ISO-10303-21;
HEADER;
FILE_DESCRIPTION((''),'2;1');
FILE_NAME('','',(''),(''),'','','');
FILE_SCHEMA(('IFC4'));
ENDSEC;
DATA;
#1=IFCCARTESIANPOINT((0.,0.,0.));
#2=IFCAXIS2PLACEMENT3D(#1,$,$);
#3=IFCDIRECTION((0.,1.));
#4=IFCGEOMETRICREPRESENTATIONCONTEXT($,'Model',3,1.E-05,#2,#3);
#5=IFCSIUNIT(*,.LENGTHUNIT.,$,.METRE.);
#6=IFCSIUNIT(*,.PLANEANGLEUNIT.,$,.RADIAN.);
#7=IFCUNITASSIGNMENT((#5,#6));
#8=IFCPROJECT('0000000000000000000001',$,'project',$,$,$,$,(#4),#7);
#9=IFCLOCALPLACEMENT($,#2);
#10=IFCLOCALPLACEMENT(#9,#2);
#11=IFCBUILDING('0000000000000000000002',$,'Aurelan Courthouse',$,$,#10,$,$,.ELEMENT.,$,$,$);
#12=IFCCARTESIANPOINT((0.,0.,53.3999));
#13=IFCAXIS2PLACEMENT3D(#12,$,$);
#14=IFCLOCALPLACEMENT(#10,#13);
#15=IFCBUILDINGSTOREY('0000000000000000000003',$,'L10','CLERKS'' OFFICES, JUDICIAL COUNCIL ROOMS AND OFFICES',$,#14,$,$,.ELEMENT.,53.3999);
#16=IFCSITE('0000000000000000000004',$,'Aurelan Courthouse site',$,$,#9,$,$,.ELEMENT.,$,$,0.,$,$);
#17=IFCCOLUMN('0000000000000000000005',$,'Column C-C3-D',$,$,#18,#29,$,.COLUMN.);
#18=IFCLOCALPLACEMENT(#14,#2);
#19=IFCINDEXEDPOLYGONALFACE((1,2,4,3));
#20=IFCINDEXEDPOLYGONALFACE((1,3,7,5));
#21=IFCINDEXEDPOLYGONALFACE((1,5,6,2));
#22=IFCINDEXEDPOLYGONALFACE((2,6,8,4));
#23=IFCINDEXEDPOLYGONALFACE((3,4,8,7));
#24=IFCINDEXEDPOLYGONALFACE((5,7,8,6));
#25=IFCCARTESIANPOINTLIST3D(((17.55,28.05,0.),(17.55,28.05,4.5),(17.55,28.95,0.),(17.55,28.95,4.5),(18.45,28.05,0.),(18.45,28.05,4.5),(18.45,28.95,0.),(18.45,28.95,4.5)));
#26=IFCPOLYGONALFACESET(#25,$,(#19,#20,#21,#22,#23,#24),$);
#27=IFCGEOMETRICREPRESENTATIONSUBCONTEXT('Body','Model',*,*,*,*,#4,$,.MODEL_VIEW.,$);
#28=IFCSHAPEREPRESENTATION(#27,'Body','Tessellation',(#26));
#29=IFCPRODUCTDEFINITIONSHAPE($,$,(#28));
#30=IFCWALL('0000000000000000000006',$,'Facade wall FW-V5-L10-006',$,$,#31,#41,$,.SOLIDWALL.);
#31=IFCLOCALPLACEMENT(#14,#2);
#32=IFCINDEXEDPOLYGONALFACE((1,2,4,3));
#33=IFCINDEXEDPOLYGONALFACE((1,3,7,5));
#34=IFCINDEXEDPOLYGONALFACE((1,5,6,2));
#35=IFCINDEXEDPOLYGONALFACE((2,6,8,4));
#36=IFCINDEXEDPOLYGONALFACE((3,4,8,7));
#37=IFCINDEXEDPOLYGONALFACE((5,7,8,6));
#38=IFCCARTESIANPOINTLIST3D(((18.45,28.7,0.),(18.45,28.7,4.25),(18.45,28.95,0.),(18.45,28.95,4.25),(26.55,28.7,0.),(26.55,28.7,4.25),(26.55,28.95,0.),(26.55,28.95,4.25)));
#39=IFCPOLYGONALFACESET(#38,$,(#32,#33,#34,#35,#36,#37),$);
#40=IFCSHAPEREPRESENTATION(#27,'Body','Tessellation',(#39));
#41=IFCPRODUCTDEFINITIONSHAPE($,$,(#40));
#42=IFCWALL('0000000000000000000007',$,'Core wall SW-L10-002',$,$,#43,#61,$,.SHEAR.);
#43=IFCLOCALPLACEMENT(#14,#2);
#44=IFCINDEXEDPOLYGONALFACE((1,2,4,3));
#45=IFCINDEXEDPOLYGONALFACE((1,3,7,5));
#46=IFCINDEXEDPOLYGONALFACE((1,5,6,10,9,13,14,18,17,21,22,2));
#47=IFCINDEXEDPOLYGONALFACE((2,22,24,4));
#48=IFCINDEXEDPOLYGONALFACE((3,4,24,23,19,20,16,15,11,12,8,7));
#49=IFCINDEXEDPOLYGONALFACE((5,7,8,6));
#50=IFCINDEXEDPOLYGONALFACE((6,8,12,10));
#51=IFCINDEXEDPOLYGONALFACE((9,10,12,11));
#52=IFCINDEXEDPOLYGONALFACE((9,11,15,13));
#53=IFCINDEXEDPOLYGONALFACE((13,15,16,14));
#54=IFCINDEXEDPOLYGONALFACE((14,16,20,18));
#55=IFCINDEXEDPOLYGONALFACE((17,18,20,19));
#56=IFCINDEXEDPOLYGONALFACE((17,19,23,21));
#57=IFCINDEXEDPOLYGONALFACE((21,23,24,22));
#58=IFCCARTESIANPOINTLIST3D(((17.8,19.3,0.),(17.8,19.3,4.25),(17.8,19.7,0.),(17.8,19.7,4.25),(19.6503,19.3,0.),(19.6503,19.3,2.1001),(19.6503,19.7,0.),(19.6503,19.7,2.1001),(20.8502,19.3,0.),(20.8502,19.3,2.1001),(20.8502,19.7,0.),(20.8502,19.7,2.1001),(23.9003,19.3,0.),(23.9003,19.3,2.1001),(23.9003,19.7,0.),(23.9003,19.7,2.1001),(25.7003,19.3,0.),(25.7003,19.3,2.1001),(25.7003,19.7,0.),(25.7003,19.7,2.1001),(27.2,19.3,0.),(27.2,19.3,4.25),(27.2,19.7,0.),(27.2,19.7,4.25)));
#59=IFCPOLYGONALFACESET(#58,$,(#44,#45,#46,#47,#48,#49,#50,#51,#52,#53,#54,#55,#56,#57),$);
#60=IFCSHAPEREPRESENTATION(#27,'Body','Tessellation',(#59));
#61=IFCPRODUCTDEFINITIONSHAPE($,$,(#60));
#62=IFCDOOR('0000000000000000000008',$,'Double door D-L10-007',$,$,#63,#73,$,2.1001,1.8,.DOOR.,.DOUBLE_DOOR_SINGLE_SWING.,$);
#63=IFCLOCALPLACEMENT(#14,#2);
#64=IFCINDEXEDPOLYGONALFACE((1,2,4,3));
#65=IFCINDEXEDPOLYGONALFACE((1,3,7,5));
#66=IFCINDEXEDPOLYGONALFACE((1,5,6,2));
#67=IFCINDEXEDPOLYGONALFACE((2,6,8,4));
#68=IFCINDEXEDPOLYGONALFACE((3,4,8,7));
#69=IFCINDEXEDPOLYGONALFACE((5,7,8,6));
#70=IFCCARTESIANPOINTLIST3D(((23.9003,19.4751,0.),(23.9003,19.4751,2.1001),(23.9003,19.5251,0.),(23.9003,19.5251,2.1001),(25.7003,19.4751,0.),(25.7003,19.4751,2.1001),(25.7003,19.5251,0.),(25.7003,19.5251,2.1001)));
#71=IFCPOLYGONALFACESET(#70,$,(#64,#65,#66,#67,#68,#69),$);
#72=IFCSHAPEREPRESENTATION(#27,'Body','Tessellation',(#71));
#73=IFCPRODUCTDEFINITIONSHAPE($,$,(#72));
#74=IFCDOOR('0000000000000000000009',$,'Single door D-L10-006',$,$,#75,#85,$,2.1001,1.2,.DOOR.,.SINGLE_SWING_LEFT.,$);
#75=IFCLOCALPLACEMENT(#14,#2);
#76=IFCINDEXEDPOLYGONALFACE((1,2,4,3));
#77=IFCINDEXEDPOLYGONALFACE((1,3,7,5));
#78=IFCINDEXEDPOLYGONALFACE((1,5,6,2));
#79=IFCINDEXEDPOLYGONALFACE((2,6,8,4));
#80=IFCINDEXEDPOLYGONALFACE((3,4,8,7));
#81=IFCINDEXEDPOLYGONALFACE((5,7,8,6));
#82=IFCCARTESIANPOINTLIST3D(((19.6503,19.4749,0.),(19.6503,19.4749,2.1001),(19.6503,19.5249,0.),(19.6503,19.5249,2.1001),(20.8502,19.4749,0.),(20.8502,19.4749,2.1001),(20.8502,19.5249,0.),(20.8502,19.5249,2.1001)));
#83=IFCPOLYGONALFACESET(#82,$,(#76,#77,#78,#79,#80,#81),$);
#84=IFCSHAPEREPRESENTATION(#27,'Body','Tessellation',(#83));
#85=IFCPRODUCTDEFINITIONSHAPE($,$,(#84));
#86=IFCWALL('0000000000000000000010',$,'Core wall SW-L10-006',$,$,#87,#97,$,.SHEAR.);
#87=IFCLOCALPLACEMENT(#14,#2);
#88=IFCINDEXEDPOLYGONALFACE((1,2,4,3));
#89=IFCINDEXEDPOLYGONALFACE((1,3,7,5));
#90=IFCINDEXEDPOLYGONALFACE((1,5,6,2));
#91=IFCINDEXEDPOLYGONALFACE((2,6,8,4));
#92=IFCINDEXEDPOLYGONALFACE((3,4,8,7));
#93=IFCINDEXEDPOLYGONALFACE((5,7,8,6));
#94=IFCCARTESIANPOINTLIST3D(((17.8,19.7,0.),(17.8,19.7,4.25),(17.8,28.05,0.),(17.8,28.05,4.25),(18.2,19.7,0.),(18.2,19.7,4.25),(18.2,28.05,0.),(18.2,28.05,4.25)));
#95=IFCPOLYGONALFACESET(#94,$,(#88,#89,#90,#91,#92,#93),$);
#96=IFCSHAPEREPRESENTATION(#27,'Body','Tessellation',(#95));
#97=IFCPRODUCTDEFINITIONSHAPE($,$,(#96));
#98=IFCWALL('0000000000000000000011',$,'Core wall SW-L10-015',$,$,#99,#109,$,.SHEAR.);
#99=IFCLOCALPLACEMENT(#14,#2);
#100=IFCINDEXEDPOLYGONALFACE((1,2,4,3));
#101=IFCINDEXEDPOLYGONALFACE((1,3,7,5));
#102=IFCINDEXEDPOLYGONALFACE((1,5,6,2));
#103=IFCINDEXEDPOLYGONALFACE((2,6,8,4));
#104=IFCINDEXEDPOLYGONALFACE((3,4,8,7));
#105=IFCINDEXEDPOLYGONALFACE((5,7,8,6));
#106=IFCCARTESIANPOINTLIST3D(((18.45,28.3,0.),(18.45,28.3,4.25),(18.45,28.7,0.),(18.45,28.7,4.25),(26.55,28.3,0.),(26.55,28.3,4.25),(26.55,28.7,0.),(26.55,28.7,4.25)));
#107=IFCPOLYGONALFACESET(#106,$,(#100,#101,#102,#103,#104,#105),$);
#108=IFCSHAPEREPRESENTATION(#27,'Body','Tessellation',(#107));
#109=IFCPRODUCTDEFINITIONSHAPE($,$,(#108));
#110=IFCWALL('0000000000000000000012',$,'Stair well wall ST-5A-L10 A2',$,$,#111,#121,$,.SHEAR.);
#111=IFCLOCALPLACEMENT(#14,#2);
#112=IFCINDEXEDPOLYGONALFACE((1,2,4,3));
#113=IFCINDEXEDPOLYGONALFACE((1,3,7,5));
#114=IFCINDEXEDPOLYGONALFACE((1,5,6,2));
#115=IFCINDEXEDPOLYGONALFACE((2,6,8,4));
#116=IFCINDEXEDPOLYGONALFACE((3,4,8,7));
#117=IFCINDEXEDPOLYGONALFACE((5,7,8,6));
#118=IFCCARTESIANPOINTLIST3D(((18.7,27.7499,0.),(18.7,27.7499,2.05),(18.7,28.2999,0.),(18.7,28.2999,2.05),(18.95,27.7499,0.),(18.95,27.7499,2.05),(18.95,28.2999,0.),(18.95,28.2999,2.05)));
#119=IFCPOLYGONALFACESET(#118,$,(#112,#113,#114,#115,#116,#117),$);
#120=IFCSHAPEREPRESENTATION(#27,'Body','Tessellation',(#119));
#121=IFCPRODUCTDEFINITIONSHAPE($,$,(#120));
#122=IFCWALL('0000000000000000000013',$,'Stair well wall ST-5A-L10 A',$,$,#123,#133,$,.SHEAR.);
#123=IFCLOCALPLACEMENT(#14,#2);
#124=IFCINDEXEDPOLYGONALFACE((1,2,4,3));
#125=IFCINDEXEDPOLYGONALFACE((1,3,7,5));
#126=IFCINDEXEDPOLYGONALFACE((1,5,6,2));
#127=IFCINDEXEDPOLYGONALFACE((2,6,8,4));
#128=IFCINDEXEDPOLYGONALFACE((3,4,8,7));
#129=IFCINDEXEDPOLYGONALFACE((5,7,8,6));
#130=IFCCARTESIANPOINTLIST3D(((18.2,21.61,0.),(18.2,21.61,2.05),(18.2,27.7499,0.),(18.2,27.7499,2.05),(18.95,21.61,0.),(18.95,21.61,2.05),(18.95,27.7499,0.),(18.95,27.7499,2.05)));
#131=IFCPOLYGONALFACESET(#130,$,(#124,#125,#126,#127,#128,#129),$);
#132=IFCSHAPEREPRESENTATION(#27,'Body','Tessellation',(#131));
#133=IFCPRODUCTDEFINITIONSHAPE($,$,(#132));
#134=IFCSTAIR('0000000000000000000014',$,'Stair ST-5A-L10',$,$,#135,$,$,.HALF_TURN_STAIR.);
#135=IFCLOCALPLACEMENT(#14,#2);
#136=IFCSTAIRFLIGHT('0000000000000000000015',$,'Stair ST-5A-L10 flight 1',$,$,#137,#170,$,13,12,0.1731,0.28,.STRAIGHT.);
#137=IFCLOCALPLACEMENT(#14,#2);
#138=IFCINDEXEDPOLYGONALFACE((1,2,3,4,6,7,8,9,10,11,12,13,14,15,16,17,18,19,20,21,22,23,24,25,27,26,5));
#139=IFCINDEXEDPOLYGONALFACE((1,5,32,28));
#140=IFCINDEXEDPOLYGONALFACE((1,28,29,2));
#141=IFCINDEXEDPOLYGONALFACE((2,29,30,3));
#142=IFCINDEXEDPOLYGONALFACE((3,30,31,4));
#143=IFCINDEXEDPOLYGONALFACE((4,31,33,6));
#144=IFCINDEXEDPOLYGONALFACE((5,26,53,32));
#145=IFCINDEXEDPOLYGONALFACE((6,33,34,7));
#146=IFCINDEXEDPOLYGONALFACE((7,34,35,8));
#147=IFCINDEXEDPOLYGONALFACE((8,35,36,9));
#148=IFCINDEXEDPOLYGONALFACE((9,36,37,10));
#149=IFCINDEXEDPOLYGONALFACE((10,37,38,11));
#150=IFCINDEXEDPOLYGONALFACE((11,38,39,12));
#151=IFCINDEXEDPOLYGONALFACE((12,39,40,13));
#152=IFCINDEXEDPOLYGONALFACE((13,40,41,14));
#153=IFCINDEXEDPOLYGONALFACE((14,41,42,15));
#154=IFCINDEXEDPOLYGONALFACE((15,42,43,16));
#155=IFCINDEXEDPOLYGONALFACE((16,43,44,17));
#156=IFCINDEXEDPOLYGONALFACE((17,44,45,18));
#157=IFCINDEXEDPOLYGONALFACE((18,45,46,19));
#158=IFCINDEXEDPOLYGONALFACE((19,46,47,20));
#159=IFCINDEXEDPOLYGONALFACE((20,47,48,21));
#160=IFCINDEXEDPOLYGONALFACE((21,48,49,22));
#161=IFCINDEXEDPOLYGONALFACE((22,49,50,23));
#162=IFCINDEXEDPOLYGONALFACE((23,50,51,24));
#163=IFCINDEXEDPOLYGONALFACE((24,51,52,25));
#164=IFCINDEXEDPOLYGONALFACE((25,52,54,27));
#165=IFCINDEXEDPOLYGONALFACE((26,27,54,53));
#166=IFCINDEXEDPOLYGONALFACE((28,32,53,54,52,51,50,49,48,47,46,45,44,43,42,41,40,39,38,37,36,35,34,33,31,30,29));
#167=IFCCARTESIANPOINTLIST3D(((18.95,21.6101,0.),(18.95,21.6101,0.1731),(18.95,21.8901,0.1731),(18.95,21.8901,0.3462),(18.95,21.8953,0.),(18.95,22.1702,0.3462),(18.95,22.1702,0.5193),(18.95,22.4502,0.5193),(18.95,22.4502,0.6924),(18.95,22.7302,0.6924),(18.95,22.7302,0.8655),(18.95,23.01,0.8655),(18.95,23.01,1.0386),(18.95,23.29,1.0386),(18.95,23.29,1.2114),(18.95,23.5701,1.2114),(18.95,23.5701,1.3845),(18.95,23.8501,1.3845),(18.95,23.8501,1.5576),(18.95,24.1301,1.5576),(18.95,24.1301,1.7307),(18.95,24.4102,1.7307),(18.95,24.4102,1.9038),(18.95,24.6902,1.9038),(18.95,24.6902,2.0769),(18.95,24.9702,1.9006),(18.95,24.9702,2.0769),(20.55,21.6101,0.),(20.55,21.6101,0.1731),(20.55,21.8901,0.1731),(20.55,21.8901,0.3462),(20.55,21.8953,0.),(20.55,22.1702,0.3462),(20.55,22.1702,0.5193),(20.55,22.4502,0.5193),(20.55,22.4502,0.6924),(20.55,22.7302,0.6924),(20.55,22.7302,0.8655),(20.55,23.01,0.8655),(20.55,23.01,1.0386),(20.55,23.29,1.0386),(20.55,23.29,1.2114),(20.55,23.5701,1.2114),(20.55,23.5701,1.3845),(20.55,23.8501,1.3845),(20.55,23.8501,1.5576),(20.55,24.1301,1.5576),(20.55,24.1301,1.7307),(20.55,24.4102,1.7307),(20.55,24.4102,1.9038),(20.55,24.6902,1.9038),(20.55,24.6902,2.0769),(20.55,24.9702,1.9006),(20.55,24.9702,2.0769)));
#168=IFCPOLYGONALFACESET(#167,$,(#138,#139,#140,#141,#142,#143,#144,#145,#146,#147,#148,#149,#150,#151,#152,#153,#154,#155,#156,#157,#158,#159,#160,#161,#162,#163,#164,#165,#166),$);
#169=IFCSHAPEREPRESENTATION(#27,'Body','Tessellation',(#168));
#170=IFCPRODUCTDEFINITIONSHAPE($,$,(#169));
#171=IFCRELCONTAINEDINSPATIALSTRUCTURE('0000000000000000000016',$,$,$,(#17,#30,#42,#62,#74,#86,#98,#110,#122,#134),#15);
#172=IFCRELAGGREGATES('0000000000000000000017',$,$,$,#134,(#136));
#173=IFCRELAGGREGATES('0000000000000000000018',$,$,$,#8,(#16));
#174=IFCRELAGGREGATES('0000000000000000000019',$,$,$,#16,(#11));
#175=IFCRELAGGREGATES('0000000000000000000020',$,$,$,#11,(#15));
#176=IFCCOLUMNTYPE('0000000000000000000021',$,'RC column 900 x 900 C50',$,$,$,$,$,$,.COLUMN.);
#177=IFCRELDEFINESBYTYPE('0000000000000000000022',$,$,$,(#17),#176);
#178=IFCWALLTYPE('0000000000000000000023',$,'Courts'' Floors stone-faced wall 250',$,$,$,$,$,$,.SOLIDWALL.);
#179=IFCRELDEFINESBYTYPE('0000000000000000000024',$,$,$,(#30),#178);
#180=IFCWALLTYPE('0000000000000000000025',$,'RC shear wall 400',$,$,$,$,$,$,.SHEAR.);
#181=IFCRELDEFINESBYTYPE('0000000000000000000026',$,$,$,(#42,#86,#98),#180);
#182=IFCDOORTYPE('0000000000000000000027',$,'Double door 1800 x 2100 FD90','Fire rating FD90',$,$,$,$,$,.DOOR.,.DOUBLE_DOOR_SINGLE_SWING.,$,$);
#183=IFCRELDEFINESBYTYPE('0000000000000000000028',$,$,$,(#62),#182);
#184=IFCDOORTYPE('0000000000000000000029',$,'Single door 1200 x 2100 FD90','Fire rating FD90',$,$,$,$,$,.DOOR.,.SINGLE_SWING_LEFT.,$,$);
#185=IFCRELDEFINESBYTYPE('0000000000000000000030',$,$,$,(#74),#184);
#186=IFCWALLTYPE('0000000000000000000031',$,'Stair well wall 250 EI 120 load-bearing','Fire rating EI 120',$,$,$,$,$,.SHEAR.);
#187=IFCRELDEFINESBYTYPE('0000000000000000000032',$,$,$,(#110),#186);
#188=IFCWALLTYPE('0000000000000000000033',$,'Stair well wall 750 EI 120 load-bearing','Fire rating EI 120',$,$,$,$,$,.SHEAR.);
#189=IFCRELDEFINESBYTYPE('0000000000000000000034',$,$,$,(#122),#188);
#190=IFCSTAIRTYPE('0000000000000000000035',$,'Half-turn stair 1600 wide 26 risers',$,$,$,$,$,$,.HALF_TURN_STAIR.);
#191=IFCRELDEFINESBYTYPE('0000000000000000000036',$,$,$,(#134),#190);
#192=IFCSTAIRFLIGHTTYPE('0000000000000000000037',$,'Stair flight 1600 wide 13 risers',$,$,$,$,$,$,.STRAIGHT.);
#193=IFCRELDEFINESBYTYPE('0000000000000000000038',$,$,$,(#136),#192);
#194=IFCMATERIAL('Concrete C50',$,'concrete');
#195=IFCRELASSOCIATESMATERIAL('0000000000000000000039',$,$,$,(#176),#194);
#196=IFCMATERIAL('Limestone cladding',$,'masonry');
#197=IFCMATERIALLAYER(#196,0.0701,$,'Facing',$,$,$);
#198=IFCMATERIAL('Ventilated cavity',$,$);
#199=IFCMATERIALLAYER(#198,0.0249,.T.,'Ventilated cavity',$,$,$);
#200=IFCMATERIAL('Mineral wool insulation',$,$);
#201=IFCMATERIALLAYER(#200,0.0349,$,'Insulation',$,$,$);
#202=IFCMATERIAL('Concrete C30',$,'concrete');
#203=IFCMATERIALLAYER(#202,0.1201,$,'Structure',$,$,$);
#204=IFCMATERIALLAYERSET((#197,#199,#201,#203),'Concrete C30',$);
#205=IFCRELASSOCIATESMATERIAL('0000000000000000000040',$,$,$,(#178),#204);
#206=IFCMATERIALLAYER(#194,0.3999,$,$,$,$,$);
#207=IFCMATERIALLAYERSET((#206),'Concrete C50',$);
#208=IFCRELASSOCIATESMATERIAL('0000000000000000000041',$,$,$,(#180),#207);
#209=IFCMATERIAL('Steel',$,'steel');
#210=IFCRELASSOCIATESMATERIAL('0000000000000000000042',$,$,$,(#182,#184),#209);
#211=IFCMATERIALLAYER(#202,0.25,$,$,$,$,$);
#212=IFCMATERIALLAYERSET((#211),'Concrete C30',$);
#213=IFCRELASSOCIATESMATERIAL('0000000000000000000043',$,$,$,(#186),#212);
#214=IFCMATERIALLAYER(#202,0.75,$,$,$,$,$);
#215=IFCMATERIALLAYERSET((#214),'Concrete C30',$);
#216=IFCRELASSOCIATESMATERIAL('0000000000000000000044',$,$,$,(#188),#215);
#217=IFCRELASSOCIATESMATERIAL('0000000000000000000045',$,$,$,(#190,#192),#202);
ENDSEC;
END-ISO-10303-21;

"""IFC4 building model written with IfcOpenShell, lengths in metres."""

from ifc_helpers import new_model, si_unit, direction, frame, frame_2d, origin, origin_2d, place, context, subcontext, project, spatial, polyline, rectangle, outline, extrude, material, layer, layer_set, material_profile, profile_set, type_object, element, fill, aggregate, save


model = new_model("IFC4")

# Units and contexts
model_context = context("Model", 3, precision=1e-05, world=origin(), true_north=direction((0.0, 1.0)))
body_context = subcontext(model_context, "Body", "Model", "MODEL_VIEW")
ifc_project = project(units=[si_unit("LENGTHUNIT", "METRE"), si_unit("PLANEANGLEUNIT", "RADIAN")], contexts=[model_context])

# Site, building, storey
site_placement = place(None, origin())
site = spatial("IfcSite", under=ifc_project, at=site_placement, Name="Aurelan Courthouse site", CompositionType="ELEMENT", RefElevation=0.0)
building_placement = place(site_placement, origin())
building = spatial("IfcBuilding", under=site, at=building_placement, Name="Aurelan Courthouse", CompositionType="ELEMENT")
storey_placement = place(building_placement, frame((0.0, 0.0, 53.3999)))
storey = spatial("IfcBuildingStorey", under=building, at=storey_placement, Name="L10", Description="CLERKS' OFFICES, JUDICIAL COUNCIL ROOMS AND OFFICES", CompositionType="ELEMENT", Elevation=53.3999)

# Column
ifc_material_1 = material(Name="Concrete C50", Category="concrete")
ifc_material_profile = material_profile(ifc_material_1, rectangle(XDim=0.8999, YDim=0.8999, at=origin_2d()), Name="RC 900 x 900")
ifc_profile_set = profile_set([ifc_material_profile], Name="Concrete C50")
column_type = type_object("IfcColumnType", Name="RC column 900 x 900 C50", PredefinedType="COLUMN", material=ifc_profile_set)
column_placement = place(storey_placement, frame((18.0, 28.5, 0.0), z_axis=(0.0, 0.0, 1.0), x_axis=(1.0, 0.0, 0.0)))
element("IfcColumn", 1, at=column_placement, inside=storey, type_object=column_type, Name="Column C-C3-D", PredefinedType="COLUMN", context=body_context, shape_type="SweptSolid", body=[
    extrude(rectangle(XDim=0.8999, YDim=0.8999, at=origin_2d()), origin(), (0.0, 0.0, 1.0), 4.5),
])

# Wall
ifc_material_2 = material(Name="Limestone cladding", Category="masonry")
ifc_layer_1 = layer(ifc_material_2, 0.0701, Name="Facing")
ifc_material_3 = material(Name="Ventilated cavity")
ifc_layer_2 = layer(ifc_material_3, 0.0249, ventilated=True, Name="Ventilated cavity")
ifc_material_4 = material(Name="Mineral wool insulation")
ifc_layer_3 = layer(ifc_material_4, 0.0349, Name="Insulation")
ifc_material_5 = material(Name="Concrete C30", Category="concrete")
ifc_layer_4 = layer(ifc_material_5, 0.1201, Name="Structure")
ifc_layer_set_1 = layer_set([ifc_layer_1, ifc_layer_2, ifc_layer_3, ifc_layer_4], Name="Concrete C30")
wall_type_1 = type_object("IfcWallType", Name="Courts' Floors stone-faced wall 250", PredefinedType="SOLIDWALL", material=ifc_layer_set_1)
wall_1_placement = place(storey_placement, frame((18.45, 28.825, 0.0), z_axis=(0.0, 0.0, 1.0), x_axis=(1.0, 0.0, 0.0)))
element("IfcWall", 2, at=wall_1_placement, inside=storey, type_object=wall_type_1, Name="Facade wall FW-V5-L10-006", PredefinedType="SOLIDWALL", context=body_context, shape_type="SweptSolid", body=[
    extrude(rectangle(XDim=8.1001, YDim=0.25, at=frame_2d((4.05, 0.0))), origin(), (0.0, 0.0, 1.0), 4.25),
])

# Wall, openings, doors
ifc_layer_5 = layer(ifc_material_1, 0.3999)
ifc_layer_set_2 = layer_set([ifc_layer_5], Name="Concrete C50")
wall_type_2 = type_object("IfcWallType", Name="RC shear wall 400", PredefinedType="SHEAR", material=ifc_layer_set_2)
wall_2_placement = place(storey_placement, frame((17.8, 19.5, 0.0), z_axis=(0.0, 0.0, 1.0), x_axis=(1.0, 0.0, 0.0)))
wall_2 = element("IfcWall", 3, at=wall_2_placement, inside=storey, type_object=wall_type_2, Name="Core wall SW-L10-002", PredefinedType="SHEAR", context=body_context, shape_type="SweptSolid", body=[
    extrude(rectangle(XDim=9.3999, YDim=0.3999, at=frame_2d((4.7, 0.0))), origin(), (0.0, 0.0, 1.0), 4.25),
])
opening_1_placement = place(wall_2_placement, frame((1.8501, 0.0, 0.0)))
opening_1 = element("IfcOpeningElement", 4, at=opening_1_placement, cuts=wall_2, PredefinedType="OPENING", context=body_context, shape_type="SweptSolid", body=[
    extrude(rectangle(XDim=1.2, YDim=2.1001, at=frame_2d((0.6001, 1.05))), frame((0.0, 0.21, 0.0), z_axis=(0.0, -1.0, 0.0), x_axis=(1.0, 0.0, 0.0)), (0.0, 0.0, 1.0), 0.4199),
])
opening_2_placement = place(wall_2_placement, frame((7.9001, 0.0, 0.0), z_axis=(0.0, 0.0, 1.0), x_axis=(-1.0, 0.0, 0.0)))
opening_2 = element("IfcOpeningElement", 5, at=opening_2_placement, cuts=wall_2, PredefinedType="OPENING", context=body_context, shape_type="SweptSolid", body=[
    extrude(rectangle(XDim=1.8, YDim=2.1001, at=frame_2d((0.8999, 1.05))), frame((0.0, 0.21, 0.0), z_axis=(0.0, -1.0, 0.0), x_axis=(1.0, 0.0, 0.0)), (0.0, 0.0, 1.0), 0.4199),
])
ifc_material_6 = material(Name="Steel", Category="steel")
door_type_1 = type_object("IfcDoorType", Name="Double door 1800 x 2100 FD90", Description="Fire rating FD90", OperationType="DOUBLE_DOOR_SINGLE_SWING", PredefinedType="DOOR", material=ifc_material_6)
door_1_placement = place(opening_2_placement, origin())
door_1 = element("IfcDoor", 6, at=door_1_placement, inside=storey, type_object=door_type_1, Name="Double door D-L10-007", OperationType="DOUBLE_DOOR_SINGLE_SWING", OverallHeight=2.1001, OverallWidth=1.8, PredefinedType="DOOR", context=body_context, shape_type="SweptSolid", body=[
    extrude(rectangle(XDim=1.8, YDim=2.1001, at=frame_2d((0.8999, 1.05))), frame((0.0, 0.0249, 0.0), z_axis=(0.0, -1.0, 0.0), x_axis=(1.0, 0.0, 0.0)), (0.0, 0.0, 1.0), 0.05),
])
fill(opening_2, door_1)
door_type_2 = type_object("IfcDoorType", Name="Single door 1200 x 2100 FD90", Description="Fire rating FD90", OperationType="SINGLE_SWING_LEFT", PredefinedType="DOOR", material=ifc_material_6)
door_2_placement = place(opening_1_placement, origin())
door_2 = element("IfcDoor", 7, at=door_2_placement, inside=storey, type_object=door_type_2, Name="Single door D-L10-006", OperationType="SINGLE_SWING_LEFT", OverallHeight=2.1001, OverallWidth=1.2, PredefinedType="DOOR", context=body_context, shape_type="SweptSolid", body=[
    extrude(rectangle(XDim=1.2, YDim=2.1001, at=frame_2d((0.6001, 1.05))), frame((0.0, 0.0249, 0.0), z_axis=(0.0, -1.0, 0.0), x_axis=(1.0, 0.0, 0.0)), (0.0, 0.0, 1.0), 0.05),
])
fill(opening_1, door_2)

# Walls
wall_3_placement = place(storey_placement, frame((18.0, 19.7, 0.0), z_axis=(0.0, 0.0, 1.0), x_axis=(0.0, 1.0, 0.0)))
element("IfcWall", 8, at=wall_3_placement, inside=storey, type_object=wall_type_2, Name="Core wall SW-L10-006", PredefinedType="SHEAR", context=body_context, shape_type="SweptSolid", body=[
    extrude(rectangle(XDim=8.3501, YDim=0.3999, at=frame_2d((4.175, 0.0))), origin(), (0.0, 0.0, 1.0), 4.25),
])
wall_4_placement = place(storey_placement, frame((18.45, 28.5, 0.0), z_axis=(0.0, 0.0, 1.0), x_axis=(1.0, 0.0, 0.0)))
element("IfcWall", 9, at=wall_4_placement, inside=storey, type_object=wall_type_2, Name="Core wall SW-L10-015", PredefinedType="SHEAR", context=body_context, shape_type="SweptSolid", body=[
    extrude(rectangle(XDim=8.1001, YDim=0.3999, at=frame_2d((4.05, 0.0))), origin(), (0.0, 0.0, 1.0), 4.25),
])
ifc_layer_6 = layer(ifc_material_5, 0.25)
ifc_layer_set_3 = layer_set([ifc_layer_6], Name="Concrete C30")
wall_type_3 = type_object("IfcWallType", Name="Stair well wall 250 EI 120 load-bearing", Description="Fire rating EI 120", PredefinedType="SHEAR", material=ifc_layer_set_3)
wall_5_placement = place(storey_placement, frame((18.825, 27.75, 0.0), z_axis=(0.0, 0.0, 1.0), x_axis=(0.0, 1.0, 0.0)))
element("IfcWall", 10, at=wall_5_placement, inside=storey, type_object=wall_type_3, Name="Stair well wall ST-5A-L10 A2", PredefinedType="SHEAR", context=body_context, shape_type="SweptSolid", body=[
    extrude(rectangle(XDim=0.55, YDim=0.25, at=frame_2d((0.2749, 0.0))), origin(), (0.0, 0.0, 1.0), 2.05),
])
ifc_layer_7 = layer(ifc_material_5, 0.75)
ifc_layer_set_4 = layer_set([ifc_layer_7], Name="Concrete C30")
wall_type_4 = type_object("IfcWallType", Name="Stair well wall 750 EI 120 load-bearing", Description="Fire rating EI 120", PredefinedType="SHEAR", material=ifc_layer_set_4)
wall_6_placement = place(storey_placement, frame((18.575, 21.6101, 0.0), z_axis=(0.0, 0.0, 1.0), x_axis=(0.0, 1.0, 0.0)))
element("IfcWall", 11, at=wall_6_placement, inside=storey, type_object=wall_type_4, Name="Stair well wall ST-5A-L10 A", PredefinedType="SHEAR", context=body_context, shape_type="SweptSolid", body=[
    extrude(rectangle(XDim=6.1399, YDim=0.75, at=frame_2d((3.0698, 0.0))), origin(), (0.0, 0.0, 1.0), 2.05),
])

# Stair, stair flight
stair_type = type_object("IfcStairType", Name="Half-turn stair 1600 wide 26 risers", PredefinedType="HALF_TURN_STAIR", material=ifc_material_5)
stair_placement = place(storey_placement, origin())
stair = element("IfcStair", 12, at=stair_placement, inside=storey, type_object=stair_type, Name="Stair ST-5A-L10", PredefinedType="HALF_TURN_STAIR")
stair_flight_type = type_object("IfcStairFlightType", Name="Stair flight 1600 wide 13 risers", PredefinedType="STRAIGHT", material=ifc_material_5)
stair_flight_placement = place(storey_placement, frame((19.75, 21.6101, 0.0), z_axis=(0.0, 0.0, 1.0), x_axis=(0.0, 1.0, 0.0)))
stair_flight = element("IfcStairFlight", 13, at=stair_flight_placement, type_object=stair_flight_type, Name="Stair ST-5A-L10 flight 1", NumberOfRisers=13, NumberOfTreads=12, PredefinedType="STRAIGHT", RiserHeight=0.1731, TreadLength=0.28, context=body_context, shape_type="SweptSolid", body=[
    extrude(outline(polyline([(0.0, 0.0), (0.0, 0.1731), (0.28, 0.1731), (0.28, 0.3462), (0.5601, 0.3462), (0.5601, 0.5193), (0.8401, 0.5193), (0.8401, 0.6924), (1.1201, 0.6924), (1.1201, 0.8655), (1.3999, 0.8655), (1.3999, 1.0386), (1.6799, 1.0386), (1.6799, 1.2114), (1.96, 1.2114), (1.96, 1.3845), (2.24, 1.3845), (2.24, 1.5576), (2.52, 1.5576), (2.52, 1.7307), (2.8, 1.7307), (2.8, 1.9038), (3.0801, 1.9038), (3.0801, 2.0769), (3.3601, 2.0769), (3.3601, 2.25), (3.3601, 1.9006), (0.2852, 0.0), (0.0, 0.0)])), frame((0.0, 0.8, 0.0), z_axis=(0.0, -1.0, 0.0), x_axis=(1.0, 0.0, 0.0)), (0.0, 0.0, 1.0), 1.6001),
])
aggregate(stair, [stair_flight])

save(model, "model.ifc")
